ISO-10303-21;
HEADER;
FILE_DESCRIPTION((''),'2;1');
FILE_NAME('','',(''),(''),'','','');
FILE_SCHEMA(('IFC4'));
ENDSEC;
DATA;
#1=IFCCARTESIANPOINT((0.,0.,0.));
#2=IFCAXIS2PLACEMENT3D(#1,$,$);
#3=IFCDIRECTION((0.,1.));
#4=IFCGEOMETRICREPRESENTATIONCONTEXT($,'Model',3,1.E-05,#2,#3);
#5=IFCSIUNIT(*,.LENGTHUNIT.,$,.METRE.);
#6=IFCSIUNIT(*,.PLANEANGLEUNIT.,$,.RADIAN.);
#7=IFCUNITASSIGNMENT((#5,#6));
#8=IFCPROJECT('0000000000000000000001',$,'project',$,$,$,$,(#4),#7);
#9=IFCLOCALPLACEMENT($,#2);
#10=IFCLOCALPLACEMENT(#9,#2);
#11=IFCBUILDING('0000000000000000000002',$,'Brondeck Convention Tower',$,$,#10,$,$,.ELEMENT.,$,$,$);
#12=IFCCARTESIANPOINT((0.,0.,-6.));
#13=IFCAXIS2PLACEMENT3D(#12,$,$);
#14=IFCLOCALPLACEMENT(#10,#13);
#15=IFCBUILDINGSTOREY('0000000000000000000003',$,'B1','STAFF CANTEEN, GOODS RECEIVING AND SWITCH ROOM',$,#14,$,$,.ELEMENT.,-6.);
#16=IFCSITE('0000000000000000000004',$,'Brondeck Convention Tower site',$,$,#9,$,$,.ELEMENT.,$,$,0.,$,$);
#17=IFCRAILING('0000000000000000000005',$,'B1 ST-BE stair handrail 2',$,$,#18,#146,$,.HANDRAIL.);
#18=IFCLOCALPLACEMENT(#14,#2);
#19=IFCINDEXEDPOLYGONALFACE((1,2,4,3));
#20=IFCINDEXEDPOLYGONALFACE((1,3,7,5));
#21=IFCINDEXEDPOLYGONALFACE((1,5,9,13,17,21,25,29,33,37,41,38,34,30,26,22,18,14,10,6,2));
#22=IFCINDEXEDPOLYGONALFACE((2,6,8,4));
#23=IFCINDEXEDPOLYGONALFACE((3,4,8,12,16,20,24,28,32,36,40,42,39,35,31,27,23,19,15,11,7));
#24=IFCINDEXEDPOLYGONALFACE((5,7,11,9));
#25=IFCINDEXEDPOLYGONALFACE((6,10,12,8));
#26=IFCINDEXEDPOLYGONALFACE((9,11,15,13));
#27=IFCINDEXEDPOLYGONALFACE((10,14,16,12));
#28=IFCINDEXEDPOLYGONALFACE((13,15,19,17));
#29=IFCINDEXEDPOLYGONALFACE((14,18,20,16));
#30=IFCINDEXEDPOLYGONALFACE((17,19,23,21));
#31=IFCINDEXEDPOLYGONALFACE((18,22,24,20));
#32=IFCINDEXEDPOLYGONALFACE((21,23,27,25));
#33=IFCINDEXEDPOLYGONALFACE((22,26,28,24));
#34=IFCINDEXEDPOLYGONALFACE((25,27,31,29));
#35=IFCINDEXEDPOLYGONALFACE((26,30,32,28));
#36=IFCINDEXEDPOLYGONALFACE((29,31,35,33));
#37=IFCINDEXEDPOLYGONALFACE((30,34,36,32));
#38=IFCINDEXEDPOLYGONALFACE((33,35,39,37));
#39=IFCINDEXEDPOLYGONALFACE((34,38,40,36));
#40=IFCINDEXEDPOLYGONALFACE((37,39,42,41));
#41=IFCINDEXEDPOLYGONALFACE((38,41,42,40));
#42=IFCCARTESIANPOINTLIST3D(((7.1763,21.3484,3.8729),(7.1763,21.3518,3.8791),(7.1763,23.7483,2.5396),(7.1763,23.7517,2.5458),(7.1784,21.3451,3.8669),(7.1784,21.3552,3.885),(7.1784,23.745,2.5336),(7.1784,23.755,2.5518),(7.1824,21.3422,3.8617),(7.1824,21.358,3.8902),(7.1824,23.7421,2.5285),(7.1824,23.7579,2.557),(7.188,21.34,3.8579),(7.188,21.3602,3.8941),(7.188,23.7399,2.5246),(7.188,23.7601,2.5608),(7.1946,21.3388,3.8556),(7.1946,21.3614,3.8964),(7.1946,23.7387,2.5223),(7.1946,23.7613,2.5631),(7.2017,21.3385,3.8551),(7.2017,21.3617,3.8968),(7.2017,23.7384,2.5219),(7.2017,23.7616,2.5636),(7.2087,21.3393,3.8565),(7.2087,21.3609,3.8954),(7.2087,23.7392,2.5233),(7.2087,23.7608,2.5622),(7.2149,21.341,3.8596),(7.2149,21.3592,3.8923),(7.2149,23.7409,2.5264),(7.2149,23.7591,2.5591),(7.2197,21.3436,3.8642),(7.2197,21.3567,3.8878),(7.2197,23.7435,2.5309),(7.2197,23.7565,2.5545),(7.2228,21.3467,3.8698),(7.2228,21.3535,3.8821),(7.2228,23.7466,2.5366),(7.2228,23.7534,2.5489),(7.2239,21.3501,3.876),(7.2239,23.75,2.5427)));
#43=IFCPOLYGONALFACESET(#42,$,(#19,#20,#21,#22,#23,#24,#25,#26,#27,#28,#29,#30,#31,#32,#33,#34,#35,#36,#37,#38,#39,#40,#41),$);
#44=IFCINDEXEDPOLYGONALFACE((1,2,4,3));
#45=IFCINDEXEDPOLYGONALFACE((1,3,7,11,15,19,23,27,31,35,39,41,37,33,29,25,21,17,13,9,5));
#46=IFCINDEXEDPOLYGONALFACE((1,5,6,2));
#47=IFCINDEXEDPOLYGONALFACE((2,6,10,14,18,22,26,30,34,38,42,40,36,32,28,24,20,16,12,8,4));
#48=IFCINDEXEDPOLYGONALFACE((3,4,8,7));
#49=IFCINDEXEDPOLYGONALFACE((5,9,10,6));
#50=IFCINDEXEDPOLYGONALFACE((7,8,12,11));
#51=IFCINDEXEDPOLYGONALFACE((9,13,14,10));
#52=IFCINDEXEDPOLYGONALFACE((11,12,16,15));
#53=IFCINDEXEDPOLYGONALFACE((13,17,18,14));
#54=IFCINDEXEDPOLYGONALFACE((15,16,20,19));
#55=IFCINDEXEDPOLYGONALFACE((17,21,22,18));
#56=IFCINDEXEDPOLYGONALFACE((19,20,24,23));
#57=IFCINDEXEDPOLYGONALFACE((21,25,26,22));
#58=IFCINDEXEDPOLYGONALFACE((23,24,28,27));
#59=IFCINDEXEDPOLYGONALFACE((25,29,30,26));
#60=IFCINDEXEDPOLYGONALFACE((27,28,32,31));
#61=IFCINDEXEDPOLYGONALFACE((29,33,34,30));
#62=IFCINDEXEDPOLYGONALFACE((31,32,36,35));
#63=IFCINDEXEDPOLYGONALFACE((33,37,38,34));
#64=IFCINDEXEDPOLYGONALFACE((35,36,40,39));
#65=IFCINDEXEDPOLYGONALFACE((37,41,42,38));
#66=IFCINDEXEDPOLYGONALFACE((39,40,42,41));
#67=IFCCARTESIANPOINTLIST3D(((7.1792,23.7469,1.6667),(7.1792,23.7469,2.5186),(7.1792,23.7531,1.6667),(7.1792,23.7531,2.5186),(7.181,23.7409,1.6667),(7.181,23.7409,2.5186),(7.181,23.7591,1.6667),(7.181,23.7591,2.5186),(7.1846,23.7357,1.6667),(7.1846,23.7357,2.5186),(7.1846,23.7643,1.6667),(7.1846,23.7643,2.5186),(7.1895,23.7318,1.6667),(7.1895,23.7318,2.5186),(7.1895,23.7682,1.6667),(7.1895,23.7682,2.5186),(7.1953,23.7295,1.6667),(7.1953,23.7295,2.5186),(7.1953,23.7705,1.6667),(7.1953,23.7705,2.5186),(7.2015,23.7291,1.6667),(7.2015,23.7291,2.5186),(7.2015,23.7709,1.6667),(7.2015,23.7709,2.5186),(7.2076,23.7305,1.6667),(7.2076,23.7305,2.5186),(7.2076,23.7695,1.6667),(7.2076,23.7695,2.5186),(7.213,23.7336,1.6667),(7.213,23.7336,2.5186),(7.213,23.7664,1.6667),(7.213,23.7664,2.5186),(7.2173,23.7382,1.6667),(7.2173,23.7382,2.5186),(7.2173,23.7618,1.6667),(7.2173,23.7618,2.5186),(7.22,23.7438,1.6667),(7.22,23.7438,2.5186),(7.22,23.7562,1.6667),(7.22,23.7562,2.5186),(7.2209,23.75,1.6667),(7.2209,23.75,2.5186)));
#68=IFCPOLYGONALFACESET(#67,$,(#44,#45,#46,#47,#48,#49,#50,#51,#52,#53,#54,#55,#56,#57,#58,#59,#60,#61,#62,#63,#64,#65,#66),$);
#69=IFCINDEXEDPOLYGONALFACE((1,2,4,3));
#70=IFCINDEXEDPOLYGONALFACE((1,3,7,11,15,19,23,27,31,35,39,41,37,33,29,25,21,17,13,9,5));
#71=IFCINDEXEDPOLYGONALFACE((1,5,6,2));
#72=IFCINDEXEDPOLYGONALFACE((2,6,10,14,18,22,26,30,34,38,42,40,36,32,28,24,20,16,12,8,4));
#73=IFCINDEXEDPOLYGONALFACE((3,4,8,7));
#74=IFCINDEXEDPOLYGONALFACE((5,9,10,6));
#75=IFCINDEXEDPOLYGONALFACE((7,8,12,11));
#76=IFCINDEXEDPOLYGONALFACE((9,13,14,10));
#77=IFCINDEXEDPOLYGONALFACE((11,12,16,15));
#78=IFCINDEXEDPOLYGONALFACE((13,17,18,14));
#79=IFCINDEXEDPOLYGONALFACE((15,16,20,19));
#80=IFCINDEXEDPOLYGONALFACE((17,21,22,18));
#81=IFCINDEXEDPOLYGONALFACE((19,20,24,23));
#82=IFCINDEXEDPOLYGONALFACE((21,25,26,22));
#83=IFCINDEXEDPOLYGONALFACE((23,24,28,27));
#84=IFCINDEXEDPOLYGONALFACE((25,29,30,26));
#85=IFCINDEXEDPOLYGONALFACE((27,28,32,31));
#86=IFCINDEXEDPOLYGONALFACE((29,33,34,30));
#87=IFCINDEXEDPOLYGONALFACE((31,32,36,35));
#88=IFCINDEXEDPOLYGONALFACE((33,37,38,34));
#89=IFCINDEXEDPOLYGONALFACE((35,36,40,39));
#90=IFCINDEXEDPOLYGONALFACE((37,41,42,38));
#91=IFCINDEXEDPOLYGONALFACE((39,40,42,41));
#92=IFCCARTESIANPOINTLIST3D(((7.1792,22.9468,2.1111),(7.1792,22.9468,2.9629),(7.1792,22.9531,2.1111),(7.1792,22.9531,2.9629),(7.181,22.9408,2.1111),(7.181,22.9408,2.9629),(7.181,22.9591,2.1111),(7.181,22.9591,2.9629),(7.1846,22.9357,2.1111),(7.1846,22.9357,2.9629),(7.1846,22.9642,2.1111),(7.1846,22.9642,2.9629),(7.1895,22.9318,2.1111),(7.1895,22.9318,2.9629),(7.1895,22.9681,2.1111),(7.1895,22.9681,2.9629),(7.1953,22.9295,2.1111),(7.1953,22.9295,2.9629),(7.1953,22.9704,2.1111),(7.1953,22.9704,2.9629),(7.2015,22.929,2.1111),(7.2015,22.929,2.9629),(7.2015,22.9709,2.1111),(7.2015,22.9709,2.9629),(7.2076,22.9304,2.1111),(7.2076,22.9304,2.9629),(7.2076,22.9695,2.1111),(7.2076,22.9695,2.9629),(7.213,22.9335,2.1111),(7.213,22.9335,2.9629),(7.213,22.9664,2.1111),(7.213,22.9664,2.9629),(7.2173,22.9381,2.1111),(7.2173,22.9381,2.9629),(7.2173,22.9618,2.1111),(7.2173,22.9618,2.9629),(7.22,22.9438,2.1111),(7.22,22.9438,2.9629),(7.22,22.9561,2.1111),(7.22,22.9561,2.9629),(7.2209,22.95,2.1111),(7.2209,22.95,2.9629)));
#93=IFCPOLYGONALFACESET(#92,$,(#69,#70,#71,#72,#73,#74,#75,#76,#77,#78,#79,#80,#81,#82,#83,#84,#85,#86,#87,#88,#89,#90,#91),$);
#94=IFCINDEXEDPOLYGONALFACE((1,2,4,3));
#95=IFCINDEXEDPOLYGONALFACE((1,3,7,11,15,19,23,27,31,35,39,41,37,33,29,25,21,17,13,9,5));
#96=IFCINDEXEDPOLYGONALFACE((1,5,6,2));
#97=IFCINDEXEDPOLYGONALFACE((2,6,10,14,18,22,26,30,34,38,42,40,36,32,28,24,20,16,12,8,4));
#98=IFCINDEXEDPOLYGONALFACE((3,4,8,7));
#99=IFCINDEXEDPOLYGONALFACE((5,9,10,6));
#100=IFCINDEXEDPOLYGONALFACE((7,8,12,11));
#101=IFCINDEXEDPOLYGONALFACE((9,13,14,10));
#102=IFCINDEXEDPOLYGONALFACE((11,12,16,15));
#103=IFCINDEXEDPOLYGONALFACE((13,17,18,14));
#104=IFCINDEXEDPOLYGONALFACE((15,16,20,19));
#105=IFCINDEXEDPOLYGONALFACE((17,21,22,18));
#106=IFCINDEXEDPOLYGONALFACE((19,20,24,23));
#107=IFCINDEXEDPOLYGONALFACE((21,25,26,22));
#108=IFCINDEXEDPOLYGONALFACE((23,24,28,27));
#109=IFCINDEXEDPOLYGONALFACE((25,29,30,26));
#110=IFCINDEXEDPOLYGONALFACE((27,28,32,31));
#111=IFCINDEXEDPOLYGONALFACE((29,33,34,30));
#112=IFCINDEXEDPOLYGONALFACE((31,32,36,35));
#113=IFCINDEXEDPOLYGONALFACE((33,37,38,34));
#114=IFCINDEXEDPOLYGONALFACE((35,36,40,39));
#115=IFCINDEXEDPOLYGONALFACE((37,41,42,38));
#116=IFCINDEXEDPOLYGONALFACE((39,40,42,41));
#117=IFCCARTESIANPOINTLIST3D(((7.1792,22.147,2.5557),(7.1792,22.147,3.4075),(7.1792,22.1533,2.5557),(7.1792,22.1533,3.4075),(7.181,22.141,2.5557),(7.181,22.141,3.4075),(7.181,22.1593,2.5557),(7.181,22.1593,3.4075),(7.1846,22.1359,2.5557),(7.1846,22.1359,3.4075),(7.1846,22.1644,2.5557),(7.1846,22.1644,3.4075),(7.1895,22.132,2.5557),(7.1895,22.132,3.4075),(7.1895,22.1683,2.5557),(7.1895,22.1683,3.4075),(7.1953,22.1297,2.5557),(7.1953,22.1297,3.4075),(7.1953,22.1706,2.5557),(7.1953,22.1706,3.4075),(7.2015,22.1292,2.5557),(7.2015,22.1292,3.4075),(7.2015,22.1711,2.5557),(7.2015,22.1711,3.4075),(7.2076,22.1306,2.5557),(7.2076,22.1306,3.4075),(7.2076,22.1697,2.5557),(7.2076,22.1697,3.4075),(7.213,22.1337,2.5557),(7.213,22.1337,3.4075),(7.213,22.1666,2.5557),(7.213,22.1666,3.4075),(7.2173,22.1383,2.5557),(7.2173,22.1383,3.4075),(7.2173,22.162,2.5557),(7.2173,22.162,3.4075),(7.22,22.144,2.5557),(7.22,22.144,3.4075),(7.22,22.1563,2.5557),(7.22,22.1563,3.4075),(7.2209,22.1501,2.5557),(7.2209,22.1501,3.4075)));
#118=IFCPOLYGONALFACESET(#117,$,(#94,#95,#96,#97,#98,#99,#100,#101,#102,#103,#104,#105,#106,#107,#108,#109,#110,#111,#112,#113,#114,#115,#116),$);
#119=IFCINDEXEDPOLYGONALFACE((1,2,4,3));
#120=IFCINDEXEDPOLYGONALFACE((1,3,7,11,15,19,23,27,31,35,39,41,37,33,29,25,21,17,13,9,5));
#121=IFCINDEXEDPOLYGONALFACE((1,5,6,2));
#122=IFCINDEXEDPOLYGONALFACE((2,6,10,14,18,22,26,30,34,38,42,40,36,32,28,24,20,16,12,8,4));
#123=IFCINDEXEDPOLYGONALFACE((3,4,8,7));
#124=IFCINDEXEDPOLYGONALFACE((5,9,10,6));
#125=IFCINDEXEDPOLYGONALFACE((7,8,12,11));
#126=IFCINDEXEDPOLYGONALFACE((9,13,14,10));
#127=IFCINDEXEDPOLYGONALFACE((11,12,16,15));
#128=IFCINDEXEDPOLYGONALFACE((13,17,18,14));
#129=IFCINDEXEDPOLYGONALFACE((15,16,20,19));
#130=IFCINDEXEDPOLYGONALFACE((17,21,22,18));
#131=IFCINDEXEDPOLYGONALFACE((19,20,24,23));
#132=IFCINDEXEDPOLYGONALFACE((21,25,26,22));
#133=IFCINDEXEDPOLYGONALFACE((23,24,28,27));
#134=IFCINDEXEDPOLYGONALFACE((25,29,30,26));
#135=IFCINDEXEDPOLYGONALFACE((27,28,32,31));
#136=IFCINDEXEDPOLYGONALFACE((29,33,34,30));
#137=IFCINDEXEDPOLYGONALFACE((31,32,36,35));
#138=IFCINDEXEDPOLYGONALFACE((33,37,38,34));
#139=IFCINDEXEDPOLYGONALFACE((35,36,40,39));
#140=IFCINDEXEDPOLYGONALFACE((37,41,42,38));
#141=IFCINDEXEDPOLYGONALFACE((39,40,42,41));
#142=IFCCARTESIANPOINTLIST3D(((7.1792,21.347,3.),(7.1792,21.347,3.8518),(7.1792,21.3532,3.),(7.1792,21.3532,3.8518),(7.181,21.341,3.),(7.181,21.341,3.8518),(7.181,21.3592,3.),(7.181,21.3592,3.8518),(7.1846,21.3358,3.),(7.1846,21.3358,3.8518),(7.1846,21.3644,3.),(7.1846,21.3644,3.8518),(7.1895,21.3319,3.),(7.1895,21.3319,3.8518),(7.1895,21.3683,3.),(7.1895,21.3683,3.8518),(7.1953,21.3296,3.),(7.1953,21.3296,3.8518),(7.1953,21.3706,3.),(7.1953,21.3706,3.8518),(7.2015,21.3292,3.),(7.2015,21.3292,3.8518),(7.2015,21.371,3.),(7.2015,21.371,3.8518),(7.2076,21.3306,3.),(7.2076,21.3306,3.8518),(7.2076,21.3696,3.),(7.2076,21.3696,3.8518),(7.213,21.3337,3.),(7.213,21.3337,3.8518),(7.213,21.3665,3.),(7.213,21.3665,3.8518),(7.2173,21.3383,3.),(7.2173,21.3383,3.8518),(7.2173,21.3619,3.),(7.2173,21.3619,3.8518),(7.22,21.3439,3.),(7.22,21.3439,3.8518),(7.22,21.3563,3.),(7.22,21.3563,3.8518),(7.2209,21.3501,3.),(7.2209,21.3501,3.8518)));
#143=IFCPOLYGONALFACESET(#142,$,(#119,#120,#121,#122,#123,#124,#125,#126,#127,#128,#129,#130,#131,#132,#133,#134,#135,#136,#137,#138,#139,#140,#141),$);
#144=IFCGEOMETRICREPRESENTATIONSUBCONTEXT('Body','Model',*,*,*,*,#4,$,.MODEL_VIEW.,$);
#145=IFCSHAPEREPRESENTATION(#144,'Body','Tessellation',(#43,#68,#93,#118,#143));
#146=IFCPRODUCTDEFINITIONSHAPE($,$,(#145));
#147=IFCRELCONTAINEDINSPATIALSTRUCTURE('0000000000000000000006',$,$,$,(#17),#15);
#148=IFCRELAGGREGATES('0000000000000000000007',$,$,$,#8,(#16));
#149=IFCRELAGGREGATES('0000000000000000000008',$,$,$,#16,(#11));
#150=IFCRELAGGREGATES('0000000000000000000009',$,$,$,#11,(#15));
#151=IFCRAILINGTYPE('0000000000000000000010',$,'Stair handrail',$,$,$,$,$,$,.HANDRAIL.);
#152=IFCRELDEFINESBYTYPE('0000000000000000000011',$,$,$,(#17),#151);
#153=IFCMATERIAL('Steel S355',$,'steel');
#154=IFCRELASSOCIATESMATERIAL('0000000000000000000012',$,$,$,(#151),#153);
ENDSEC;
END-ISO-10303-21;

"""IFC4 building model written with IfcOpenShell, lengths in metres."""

from ifc_helpers import new_model, si_unit, direction, frame, origin, origin_2d, place, context, subcontext, project, spatial, circle, extrude, material, type_object, element, save


model = new_model("IFC4")

# Units and contexts
model_context = context("Model", 3, precision=1e-05, world=origin(), true_north=direction((0.0, 1.0)))
body_context = subcontext(model_context, "Body", "Model", "MODEL_VIEW")
ifc_project = project(units=[si_unit("LENGTHUNIT", "METRE"), si_unit("PLANEANGLEUNIT", "RADIAN")], contexts=[model_context])

# Site, building, storey
site_placement = place(None, origin())
site = spatial("IfcSite", under=ifc_project, at=site_placement, Name="Brondeck Convention Tower site", CompositionType="ELEMENT", RefElevation=0.0)
building_placement = place(site_placement, origin())
building = spatial("IfcBuilding", under=site, at=building_placement, Name="Brondeck Convention Tower", CompositionType="ELEMENT")
storey_placement = place(building_placement, frame((0.0, 0.0, -6.0)))
storey = spatial("IfcBuildingStorey", under=building, at=storey_placement, Name="B1", Description="STAFF CANTEEN, GOODS RECEIVING AND SWITCH ROOM", CompositionType="ELEMENT", Elevation=-6.0)

# Shared definitions
ifc_material_1 = material(Name="Steel S355", Category="steel")

# Railing
railing_type_1 = type_object("IfcRailingType", Name="Stair handrail", PredefinedType="HANDRAIL", material=ifc_material_1)
railing_1_placement = place(storey_placement, frame((7.2, 23.75, 1.6667)))
element("IfcRailing", 1, at=railing_1_placement, inside=storey, type_object=railing_type_1, Name="B1 ST-BE stair handrail 2", PredefinedType="HANDRAIL", context=body_context, shape_type="SweptSolid", body=[
    extrude(circle(Radius=0.0239, at=origin_2d()), frame((0.0, 0.0, 0.876), z_axis=(0.0, -0.874161, 0.485635), x_axis=(1.0, 0.0, 0.0)), (0.0, 0.0, 1.0), 2.7454),
    extrude(circle(Radius=0.021, at=origin_2d()), origin(), (0.0, 0.0, 1.0), 0.8518),
    extrude(circle(Radius=0.021, at=origin_2d()), frame((0.0, -0.8, 0.4443)), (0.0, 0.0, 1.0), 0.8518),
    extrude(circle(Radius=0.021, at=origin_2d()), frame((0.0, -1.5999, 0.8889)), (0.0, 0.0, 1.0), 0.8518),
    extrude(circle(Radius=0.021, at=origin_2d()), frame((0.0, -2.3999, 1.3333)), (0.0, 0.0, 1.0), 0.8518),
])

save(model, "model.ifc")
